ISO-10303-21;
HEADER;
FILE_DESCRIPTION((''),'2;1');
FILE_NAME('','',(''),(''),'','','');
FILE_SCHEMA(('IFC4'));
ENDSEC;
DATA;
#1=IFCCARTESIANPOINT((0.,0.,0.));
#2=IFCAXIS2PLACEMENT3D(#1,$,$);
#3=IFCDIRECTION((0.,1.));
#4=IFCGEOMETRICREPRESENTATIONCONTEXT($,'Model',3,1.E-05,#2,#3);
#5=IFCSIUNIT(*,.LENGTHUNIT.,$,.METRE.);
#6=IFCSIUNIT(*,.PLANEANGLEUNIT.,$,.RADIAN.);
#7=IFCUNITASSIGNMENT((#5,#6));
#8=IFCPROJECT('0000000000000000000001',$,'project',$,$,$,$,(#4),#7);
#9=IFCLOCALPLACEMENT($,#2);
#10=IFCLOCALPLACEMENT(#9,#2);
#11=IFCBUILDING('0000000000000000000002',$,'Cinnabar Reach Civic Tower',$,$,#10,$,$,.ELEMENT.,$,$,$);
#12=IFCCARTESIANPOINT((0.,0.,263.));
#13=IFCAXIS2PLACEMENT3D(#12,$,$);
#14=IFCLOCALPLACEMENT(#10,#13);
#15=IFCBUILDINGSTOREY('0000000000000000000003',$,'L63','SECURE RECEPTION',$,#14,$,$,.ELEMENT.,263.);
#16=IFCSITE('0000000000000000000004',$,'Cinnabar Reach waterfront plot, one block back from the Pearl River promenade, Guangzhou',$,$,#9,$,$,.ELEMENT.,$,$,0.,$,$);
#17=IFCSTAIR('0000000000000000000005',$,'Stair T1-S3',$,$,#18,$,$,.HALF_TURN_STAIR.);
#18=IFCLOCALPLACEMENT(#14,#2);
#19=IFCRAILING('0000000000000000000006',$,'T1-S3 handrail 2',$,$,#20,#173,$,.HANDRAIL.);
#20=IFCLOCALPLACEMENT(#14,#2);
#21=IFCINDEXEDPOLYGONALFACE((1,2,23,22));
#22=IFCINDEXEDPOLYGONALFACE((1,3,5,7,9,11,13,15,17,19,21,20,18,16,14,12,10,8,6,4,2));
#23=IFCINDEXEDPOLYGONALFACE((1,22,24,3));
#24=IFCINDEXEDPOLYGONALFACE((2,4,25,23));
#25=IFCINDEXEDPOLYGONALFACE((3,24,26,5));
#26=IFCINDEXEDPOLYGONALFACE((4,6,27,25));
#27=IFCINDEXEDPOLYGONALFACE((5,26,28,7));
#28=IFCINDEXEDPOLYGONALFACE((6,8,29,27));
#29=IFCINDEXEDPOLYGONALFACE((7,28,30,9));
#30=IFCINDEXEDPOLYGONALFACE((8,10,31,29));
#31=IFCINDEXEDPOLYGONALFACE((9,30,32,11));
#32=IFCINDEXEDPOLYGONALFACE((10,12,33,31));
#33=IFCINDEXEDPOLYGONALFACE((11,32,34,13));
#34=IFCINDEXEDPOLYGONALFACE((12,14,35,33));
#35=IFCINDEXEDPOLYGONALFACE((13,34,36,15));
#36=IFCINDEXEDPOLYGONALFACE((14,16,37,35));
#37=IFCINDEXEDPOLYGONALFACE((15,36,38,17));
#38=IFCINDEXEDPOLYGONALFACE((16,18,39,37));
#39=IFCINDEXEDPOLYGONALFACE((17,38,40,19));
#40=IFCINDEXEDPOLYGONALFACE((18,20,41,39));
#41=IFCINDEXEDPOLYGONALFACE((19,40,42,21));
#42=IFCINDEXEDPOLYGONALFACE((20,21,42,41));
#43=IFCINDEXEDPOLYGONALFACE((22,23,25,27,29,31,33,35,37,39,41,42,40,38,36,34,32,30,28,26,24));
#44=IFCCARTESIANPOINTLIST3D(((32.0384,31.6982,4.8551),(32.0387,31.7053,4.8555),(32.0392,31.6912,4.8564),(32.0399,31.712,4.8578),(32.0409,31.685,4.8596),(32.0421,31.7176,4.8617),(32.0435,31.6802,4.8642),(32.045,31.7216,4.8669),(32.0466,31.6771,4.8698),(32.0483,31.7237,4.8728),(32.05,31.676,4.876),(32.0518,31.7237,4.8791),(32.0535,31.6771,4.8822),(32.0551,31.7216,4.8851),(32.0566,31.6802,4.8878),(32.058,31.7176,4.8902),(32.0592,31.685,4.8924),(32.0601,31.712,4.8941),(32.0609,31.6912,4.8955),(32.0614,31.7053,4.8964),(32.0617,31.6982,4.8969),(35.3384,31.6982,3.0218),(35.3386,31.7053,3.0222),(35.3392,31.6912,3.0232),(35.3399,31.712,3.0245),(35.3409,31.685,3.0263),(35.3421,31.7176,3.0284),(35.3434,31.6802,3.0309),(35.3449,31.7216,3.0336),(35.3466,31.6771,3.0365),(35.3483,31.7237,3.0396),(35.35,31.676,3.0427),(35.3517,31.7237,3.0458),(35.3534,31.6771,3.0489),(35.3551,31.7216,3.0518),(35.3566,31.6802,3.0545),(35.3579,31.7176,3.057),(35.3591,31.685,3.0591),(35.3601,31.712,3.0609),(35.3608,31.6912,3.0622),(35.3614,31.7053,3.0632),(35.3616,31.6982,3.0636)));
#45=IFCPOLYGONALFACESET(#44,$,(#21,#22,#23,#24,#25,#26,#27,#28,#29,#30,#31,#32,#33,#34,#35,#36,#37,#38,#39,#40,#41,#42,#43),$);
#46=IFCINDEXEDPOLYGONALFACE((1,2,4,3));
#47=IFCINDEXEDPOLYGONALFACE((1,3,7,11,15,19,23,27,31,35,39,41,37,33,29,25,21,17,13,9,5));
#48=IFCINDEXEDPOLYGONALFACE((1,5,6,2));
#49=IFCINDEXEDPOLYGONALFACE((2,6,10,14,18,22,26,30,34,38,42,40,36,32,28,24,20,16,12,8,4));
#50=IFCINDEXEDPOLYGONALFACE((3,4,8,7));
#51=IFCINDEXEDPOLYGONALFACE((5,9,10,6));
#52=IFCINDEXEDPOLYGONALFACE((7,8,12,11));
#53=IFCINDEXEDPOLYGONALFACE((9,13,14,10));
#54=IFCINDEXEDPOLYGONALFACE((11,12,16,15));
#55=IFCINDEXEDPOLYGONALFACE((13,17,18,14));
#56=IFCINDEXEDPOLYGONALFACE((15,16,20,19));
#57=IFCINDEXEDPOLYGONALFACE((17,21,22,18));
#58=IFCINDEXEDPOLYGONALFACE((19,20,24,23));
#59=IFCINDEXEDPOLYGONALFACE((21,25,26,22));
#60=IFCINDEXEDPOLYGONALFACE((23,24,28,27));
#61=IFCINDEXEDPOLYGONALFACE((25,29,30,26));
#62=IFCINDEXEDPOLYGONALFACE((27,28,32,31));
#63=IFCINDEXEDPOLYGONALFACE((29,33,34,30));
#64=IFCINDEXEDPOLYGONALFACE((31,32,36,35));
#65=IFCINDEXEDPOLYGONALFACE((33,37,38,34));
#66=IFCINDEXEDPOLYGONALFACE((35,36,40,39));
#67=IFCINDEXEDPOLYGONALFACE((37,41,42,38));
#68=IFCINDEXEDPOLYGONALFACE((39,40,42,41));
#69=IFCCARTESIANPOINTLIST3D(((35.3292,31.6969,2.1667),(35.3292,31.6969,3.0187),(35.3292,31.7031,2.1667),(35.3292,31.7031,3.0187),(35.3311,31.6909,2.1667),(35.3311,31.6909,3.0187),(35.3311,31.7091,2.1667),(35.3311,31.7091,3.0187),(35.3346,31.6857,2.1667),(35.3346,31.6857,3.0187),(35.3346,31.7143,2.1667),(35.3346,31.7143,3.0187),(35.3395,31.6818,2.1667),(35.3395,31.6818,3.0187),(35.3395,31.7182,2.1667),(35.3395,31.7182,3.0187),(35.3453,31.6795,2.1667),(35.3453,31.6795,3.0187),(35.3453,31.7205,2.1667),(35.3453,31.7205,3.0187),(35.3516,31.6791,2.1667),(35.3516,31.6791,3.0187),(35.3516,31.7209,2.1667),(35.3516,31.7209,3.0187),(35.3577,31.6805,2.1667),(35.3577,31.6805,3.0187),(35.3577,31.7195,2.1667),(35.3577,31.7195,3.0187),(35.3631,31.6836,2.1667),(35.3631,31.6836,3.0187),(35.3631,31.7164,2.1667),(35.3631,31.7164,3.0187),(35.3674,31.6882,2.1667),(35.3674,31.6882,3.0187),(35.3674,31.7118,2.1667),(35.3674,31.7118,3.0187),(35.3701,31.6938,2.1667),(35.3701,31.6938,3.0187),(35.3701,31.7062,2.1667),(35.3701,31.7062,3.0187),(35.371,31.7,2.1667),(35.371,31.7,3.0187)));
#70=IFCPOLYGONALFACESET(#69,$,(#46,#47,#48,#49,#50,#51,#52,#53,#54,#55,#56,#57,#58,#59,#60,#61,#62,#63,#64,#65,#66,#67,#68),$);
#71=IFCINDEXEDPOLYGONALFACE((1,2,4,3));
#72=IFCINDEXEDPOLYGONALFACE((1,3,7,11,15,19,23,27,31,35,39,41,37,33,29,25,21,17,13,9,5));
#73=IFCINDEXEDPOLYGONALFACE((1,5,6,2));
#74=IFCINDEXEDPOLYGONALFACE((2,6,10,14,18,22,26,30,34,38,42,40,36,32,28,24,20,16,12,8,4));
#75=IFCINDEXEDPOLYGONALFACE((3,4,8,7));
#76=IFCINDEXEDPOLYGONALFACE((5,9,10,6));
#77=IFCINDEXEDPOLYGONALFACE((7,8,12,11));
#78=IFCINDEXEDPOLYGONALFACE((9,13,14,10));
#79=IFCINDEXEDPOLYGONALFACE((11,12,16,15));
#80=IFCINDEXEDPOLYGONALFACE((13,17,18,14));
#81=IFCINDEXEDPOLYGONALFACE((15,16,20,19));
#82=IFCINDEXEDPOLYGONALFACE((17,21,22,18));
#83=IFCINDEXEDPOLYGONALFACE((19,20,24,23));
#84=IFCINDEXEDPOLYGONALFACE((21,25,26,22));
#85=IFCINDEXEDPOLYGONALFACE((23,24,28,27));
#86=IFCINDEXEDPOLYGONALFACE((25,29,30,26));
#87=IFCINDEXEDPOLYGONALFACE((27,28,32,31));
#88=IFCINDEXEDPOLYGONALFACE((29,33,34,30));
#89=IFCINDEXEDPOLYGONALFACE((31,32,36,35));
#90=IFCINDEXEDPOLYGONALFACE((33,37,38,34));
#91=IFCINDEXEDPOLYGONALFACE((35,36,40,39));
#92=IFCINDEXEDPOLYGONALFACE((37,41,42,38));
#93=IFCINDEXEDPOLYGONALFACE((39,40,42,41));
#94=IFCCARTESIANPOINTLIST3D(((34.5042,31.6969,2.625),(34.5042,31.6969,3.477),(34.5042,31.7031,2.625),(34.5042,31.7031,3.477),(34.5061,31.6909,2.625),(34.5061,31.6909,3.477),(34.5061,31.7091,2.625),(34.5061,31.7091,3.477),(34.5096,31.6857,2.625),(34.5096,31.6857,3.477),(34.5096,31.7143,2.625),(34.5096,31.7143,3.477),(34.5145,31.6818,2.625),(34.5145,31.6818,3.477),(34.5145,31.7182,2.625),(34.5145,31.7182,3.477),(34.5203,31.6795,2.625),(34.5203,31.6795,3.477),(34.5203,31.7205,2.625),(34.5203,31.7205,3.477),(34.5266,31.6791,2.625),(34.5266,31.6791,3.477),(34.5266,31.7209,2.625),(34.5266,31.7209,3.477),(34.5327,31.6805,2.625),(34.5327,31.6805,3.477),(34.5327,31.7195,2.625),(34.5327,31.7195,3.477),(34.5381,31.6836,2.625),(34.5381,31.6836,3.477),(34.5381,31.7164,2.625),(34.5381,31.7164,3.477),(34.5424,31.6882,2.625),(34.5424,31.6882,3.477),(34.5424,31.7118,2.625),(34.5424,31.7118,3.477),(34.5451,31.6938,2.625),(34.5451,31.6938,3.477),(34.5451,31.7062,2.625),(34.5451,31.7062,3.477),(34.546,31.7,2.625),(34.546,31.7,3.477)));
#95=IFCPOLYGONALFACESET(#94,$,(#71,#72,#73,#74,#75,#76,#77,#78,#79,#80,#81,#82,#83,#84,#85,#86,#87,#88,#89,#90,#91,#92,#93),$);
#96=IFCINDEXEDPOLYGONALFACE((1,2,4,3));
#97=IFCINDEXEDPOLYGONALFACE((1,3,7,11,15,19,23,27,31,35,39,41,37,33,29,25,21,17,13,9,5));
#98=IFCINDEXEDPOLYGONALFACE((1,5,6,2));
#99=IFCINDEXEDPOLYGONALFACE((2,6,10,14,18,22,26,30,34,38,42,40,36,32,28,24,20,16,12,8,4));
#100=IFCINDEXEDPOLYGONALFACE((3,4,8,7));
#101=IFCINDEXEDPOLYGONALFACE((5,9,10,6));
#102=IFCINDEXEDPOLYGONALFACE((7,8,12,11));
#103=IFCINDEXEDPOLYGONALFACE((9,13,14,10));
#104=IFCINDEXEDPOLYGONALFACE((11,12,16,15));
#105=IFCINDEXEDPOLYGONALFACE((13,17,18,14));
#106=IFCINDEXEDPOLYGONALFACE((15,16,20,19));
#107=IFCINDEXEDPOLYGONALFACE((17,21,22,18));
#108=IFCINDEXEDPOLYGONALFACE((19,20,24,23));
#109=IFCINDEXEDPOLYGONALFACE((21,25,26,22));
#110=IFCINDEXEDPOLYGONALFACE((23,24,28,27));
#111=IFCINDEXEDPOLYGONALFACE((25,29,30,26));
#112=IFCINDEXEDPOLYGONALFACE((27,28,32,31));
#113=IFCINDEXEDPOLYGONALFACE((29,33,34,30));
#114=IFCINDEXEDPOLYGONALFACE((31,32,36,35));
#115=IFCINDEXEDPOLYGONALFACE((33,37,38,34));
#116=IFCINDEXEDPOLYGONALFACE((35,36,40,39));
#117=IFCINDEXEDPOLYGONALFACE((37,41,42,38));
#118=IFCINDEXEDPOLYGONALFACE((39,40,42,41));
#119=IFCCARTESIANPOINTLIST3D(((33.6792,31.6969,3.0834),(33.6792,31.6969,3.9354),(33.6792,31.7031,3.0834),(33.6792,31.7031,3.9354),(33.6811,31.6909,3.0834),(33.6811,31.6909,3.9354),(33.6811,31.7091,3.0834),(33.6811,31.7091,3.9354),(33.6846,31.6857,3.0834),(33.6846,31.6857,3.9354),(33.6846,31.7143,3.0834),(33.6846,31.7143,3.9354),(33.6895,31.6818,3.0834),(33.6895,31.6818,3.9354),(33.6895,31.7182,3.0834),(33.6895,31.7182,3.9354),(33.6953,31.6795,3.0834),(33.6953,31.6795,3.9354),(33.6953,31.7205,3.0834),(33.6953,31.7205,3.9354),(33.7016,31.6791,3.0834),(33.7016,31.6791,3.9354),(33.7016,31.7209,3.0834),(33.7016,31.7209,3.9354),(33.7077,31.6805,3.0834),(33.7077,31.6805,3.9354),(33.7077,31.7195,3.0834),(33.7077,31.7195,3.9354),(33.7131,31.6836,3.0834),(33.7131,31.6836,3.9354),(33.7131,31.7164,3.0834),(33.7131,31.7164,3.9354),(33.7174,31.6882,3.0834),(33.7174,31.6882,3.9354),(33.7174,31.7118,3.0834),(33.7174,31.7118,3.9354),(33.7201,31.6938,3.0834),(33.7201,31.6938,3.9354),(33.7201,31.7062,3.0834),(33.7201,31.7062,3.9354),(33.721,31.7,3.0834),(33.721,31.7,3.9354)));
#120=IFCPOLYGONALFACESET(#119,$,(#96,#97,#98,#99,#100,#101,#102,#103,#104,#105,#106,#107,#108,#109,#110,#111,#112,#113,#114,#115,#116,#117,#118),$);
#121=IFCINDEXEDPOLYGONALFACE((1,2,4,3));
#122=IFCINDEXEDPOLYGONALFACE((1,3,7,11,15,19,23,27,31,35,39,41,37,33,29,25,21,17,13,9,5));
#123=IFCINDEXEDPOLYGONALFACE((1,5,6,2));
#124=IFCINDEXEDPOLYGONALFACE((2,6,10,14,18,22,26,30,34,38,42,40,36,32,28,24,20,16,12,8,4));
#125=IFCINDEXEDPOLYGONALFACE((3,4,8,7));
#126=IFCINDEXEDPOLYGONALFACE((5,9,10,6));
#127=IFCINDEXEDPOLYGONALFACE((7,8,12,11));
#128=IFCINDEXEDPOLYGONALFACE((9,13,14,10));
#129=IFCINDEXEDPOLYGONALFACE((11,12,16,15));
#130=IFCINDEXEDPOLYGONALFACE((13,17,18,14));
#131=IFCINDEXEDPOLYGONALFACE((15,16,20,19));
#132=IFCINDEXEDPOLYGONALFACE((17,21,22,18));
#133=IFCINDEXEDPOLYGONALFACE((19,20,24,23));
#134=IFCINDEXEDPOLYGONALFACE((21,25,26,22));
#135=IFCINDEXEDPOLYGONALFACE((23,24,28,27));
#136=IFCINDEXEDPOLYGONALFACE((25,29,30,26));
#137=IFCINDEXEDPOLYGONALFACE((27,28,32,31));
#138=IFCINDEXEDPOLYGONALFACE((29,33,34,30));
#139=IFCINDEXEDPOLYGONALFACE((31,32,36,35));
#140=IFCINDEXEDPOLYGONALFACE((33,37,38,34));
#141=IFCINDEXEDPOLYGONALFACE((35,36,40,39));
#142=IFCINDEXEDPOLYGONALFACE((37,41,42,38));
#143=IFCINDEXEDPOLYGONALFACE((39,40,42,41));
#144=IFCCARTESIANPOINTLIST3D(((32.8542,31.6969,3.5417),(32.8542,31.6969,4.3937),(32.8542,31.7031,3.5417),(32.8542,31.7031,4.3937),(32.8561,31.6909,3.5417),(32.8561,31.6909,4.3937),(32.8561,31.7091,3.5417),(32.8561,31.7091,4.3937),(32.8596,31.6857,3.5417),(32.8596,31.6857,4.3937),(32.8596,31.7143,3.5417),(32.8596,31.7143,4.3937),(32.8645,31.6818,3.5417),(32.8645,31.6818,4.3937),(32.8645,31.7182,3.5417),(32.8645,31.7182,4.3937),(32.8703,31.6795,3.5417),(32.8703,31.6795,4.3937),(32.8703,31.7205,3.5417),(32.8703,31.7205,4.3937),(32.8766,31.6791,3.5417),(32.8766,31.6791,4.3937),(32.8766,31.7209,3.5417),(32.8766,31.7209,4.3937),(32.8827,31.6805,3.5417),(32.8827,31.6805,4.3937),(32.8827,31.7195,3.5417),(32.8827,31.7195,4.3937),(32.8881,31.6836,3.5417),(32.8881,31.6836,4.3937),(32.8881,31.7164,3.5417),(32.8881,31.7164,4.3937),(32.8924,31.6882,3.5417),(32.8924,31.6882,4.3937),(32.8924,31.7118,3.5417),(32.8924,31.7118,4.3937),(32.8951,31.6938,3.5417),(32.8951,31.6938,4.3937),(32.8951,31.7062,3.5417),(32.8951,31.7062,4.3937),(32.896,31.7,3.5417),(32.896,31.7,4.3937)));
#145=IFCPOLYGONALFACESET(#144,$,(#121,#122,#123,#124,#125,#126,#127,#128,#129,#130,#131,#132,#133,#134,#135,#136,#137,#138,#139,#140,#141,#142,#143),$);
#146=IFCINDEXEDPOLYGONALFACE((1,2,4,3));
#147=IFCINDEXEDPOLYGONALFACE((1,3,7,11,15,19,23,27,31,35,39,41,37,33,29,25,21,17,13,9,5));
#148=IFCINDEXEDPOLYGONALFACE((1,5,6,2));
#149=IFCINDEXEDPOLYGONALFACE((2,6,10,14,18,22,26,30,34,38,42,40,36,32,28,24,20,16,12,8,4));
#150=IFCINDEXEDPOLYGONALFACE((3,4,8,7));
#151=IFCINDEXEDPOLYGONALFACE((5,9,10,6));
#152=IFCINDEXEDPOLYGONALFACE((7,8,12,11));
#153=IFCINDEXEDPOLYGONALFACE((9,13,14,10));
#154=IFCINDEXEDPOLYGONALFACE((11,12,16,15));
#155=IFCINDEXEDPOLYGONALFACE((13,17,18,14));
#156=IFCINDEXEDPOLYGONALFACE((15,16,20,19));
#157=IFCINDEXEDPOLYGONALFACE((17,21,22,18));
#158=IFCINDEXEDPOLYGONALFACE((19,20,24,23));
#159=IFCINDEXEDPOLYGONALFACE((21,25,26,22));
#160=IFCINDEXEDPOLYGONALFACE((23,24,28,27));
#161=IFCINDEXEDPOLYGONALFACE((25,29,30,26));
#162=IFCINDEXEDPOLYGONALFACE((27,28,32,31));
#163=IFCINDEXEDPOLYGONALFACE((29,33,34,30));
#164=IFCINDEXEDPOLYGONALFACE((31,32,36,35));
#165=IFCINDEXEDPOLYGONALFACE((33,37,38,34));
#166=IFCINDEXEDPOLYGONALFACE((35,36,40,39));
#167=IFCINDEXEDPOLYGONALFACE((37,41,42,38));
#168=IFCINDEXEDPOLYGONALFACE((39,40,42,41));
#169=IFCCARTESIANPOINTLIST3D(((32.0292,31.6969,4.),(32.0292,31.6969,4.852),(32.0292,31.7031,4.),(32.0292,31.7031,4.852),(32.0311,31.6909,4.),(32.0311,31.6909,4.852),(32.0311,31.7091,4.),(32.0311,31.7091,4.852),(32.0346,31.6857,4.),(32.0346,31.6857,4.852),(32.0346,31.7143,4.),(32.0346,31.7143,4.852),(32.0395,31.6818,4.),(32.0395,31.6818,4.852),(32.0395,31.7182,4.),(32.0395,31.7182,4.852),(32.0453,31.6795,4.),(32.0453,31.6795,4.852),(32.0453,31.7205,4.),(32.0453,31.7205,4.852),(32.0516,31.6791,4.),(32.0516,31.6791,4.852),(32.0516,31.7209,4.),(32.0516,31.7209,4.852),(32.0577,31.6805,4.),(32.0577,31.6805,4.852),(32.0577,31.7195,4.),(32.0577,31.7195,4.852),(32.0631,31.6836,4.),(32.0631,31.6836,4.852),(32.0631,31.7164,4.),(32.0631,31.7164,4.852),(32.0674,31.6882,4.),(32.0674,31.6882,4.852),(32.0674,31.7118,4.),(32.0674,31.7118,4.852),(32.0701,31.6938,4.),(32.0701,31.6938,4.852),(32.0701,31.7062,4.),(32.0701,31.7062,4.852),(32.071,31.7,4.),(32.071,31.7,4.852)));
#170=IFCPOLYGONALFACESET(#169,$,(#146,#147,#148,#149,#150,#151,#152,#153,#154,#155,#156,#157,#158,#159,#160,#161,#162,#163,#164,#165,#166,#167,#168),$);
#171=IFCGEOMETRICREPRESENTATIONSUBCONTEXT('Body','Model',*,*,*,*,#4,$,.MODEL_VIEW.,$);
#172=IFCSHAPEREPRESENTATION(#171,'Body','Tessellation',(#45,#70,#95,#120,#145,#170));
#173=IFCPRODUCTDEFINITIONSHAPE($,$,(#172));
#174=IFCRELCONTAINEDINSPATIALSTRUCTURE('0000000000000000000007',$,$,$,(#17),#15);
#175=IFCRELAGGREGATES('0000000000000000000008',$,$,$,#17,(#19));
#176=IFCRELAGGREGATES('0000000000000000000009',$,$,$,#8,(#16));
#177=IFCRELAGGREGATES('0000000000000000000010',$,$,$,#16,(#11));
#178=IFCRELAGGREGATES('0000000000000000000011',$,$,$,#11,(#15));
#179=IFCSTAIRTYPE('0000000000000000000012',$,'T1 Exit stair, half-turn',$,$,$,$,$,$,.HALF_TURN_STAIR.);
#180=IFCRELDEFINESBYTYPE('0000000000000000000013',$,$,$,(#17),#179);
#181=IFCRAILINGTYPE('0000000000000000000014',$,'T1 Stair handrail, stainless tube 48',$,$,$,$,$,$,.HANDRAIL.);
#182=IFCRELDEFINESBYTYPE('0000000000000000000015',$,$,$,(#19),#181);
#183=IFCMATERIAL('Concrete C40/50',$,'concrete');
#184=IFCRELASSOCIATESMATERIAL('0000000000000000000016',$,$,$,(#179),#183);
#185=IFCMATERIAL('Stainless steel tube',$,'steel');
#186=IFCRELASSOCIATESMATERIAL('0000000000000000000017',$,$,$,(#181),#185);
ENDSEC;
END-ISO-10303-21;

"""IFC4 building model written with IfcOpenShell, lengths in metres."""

from ifc_helpers import new_model, si_unit, direction, frame, origin, origin_2d, place, context, subcontext, project, spatial, circle, extrude, material, type_object, element, aggregate, save


model = new_model("IFC4")

# Units and contexts
model_context = context("Model", 3, precision=1e-05, world=origin(), true_north=direction((0.0, 1.0)))
body_context = subcontext(model_context, "Body", "Model", "MODEL_VIEW")
ifc_project = project(units=[si_unit("LENGTHUNIT", "METRE"), si_unit("PLANEANGLEUNIT", "RADIAN")], contexts=[model_context])

# Site, building, storey
site_placement = place(None, origin())
site = spatial("IfcSite", under=ifc_project, at=site_placement, Name="Cinnabar Reach waterfront plot, one block back from the Pearl River promenade, Guangzhou", CompositionType="ELEMENT", RefElevation=0.0)
building_placement = place(site_placement, origin())
building = spatial("IfcBuilding", under=site, at=building_placement, Name="Cinnabar Reach Civic Tower", CompositionType="ELEMENT")
storey_placement = place(building_placement, frame((0.0, 0.0, 263.0)))
storey = spatial("IfcBuildingStorey", under=building, at=storey_placement, Name="L63", Description="SECURE RECEPTION", CompositionType="ELEMENT", Elevation=263.0)

# Stair, railing
ifc_material_1 = material(Name="Concrete C40/50", Category="concrete")
stair_type = type_object("IfcStairType", Name="T1 Exit stair, half-turn", PredefinedType="HALF_TURN_STAIR", material=ifc_material_1)
stair_placement = place(storey_placement, origin())
stair = element("IfcStair", 1, at=stair_placement, inside=storey, type_object=stair_type, Name="Stair T1-S3", PredefinedType="HALF_TURN_STAIR")
ifc_material_2 = material(Name="Stainless steel tube", Category="steel")
railing_type = type_object("IfcRailingType", Name="T1 Stair handrail, stainless tube 48", PredefinedType="HANDRAIL", material=ifc_material_2)
railing_1_placement = place(storey_placement, frame((35.35, 31.7, 2.1667)))
railing_1 = element("IfcRailing", 2, at=railing_1_placement, type_object=railing_type, Name="T1-S3 handrail 2", PredefinedType="HANDRAIL", context=body_context, shape_type="SweptSolid", body=[
    extrude(circle(Radius=0.024, at=origin_2d()), frame((0.0, 0.0, 0.876), z_axis=(-0.874161, 0.0, 0.485636), x_axis=(0.0, -1.0, 0.0)), (0.0, 0.0, 1.0), 3.775),
    extrude(circle(Radius=0.021, at=origin_2d()), origin(), (0.0, 0.0, 1.0), 0.852),
    extrude(circle(Radius=0.021, at=origin_2d()), frame((-0.825, 0.0, 0.4583)), (0.0, 0.0, 1.0), 0.852),
    extrude(circle(Radius=0.021, at=origin_2d()), frame((-1.65, 0.0, 0.9167)), (0.0, 0.0, 1.0), 0.852),
    extrude(circle(Radius=0.021, at=origin_2d()), frame((-2.475, 0.0, 1.375)), (0.0, 0.0, 1.0), 0.852),
    extrude(circle(Radius=0.021, at=origin_2d()), frame((-3.3, 0.0, 1.8333)), (0.0, 0.0, 1.0), 0.852),
])
aggregate(stair, [railing_1])

save(model, "model.ifc")
